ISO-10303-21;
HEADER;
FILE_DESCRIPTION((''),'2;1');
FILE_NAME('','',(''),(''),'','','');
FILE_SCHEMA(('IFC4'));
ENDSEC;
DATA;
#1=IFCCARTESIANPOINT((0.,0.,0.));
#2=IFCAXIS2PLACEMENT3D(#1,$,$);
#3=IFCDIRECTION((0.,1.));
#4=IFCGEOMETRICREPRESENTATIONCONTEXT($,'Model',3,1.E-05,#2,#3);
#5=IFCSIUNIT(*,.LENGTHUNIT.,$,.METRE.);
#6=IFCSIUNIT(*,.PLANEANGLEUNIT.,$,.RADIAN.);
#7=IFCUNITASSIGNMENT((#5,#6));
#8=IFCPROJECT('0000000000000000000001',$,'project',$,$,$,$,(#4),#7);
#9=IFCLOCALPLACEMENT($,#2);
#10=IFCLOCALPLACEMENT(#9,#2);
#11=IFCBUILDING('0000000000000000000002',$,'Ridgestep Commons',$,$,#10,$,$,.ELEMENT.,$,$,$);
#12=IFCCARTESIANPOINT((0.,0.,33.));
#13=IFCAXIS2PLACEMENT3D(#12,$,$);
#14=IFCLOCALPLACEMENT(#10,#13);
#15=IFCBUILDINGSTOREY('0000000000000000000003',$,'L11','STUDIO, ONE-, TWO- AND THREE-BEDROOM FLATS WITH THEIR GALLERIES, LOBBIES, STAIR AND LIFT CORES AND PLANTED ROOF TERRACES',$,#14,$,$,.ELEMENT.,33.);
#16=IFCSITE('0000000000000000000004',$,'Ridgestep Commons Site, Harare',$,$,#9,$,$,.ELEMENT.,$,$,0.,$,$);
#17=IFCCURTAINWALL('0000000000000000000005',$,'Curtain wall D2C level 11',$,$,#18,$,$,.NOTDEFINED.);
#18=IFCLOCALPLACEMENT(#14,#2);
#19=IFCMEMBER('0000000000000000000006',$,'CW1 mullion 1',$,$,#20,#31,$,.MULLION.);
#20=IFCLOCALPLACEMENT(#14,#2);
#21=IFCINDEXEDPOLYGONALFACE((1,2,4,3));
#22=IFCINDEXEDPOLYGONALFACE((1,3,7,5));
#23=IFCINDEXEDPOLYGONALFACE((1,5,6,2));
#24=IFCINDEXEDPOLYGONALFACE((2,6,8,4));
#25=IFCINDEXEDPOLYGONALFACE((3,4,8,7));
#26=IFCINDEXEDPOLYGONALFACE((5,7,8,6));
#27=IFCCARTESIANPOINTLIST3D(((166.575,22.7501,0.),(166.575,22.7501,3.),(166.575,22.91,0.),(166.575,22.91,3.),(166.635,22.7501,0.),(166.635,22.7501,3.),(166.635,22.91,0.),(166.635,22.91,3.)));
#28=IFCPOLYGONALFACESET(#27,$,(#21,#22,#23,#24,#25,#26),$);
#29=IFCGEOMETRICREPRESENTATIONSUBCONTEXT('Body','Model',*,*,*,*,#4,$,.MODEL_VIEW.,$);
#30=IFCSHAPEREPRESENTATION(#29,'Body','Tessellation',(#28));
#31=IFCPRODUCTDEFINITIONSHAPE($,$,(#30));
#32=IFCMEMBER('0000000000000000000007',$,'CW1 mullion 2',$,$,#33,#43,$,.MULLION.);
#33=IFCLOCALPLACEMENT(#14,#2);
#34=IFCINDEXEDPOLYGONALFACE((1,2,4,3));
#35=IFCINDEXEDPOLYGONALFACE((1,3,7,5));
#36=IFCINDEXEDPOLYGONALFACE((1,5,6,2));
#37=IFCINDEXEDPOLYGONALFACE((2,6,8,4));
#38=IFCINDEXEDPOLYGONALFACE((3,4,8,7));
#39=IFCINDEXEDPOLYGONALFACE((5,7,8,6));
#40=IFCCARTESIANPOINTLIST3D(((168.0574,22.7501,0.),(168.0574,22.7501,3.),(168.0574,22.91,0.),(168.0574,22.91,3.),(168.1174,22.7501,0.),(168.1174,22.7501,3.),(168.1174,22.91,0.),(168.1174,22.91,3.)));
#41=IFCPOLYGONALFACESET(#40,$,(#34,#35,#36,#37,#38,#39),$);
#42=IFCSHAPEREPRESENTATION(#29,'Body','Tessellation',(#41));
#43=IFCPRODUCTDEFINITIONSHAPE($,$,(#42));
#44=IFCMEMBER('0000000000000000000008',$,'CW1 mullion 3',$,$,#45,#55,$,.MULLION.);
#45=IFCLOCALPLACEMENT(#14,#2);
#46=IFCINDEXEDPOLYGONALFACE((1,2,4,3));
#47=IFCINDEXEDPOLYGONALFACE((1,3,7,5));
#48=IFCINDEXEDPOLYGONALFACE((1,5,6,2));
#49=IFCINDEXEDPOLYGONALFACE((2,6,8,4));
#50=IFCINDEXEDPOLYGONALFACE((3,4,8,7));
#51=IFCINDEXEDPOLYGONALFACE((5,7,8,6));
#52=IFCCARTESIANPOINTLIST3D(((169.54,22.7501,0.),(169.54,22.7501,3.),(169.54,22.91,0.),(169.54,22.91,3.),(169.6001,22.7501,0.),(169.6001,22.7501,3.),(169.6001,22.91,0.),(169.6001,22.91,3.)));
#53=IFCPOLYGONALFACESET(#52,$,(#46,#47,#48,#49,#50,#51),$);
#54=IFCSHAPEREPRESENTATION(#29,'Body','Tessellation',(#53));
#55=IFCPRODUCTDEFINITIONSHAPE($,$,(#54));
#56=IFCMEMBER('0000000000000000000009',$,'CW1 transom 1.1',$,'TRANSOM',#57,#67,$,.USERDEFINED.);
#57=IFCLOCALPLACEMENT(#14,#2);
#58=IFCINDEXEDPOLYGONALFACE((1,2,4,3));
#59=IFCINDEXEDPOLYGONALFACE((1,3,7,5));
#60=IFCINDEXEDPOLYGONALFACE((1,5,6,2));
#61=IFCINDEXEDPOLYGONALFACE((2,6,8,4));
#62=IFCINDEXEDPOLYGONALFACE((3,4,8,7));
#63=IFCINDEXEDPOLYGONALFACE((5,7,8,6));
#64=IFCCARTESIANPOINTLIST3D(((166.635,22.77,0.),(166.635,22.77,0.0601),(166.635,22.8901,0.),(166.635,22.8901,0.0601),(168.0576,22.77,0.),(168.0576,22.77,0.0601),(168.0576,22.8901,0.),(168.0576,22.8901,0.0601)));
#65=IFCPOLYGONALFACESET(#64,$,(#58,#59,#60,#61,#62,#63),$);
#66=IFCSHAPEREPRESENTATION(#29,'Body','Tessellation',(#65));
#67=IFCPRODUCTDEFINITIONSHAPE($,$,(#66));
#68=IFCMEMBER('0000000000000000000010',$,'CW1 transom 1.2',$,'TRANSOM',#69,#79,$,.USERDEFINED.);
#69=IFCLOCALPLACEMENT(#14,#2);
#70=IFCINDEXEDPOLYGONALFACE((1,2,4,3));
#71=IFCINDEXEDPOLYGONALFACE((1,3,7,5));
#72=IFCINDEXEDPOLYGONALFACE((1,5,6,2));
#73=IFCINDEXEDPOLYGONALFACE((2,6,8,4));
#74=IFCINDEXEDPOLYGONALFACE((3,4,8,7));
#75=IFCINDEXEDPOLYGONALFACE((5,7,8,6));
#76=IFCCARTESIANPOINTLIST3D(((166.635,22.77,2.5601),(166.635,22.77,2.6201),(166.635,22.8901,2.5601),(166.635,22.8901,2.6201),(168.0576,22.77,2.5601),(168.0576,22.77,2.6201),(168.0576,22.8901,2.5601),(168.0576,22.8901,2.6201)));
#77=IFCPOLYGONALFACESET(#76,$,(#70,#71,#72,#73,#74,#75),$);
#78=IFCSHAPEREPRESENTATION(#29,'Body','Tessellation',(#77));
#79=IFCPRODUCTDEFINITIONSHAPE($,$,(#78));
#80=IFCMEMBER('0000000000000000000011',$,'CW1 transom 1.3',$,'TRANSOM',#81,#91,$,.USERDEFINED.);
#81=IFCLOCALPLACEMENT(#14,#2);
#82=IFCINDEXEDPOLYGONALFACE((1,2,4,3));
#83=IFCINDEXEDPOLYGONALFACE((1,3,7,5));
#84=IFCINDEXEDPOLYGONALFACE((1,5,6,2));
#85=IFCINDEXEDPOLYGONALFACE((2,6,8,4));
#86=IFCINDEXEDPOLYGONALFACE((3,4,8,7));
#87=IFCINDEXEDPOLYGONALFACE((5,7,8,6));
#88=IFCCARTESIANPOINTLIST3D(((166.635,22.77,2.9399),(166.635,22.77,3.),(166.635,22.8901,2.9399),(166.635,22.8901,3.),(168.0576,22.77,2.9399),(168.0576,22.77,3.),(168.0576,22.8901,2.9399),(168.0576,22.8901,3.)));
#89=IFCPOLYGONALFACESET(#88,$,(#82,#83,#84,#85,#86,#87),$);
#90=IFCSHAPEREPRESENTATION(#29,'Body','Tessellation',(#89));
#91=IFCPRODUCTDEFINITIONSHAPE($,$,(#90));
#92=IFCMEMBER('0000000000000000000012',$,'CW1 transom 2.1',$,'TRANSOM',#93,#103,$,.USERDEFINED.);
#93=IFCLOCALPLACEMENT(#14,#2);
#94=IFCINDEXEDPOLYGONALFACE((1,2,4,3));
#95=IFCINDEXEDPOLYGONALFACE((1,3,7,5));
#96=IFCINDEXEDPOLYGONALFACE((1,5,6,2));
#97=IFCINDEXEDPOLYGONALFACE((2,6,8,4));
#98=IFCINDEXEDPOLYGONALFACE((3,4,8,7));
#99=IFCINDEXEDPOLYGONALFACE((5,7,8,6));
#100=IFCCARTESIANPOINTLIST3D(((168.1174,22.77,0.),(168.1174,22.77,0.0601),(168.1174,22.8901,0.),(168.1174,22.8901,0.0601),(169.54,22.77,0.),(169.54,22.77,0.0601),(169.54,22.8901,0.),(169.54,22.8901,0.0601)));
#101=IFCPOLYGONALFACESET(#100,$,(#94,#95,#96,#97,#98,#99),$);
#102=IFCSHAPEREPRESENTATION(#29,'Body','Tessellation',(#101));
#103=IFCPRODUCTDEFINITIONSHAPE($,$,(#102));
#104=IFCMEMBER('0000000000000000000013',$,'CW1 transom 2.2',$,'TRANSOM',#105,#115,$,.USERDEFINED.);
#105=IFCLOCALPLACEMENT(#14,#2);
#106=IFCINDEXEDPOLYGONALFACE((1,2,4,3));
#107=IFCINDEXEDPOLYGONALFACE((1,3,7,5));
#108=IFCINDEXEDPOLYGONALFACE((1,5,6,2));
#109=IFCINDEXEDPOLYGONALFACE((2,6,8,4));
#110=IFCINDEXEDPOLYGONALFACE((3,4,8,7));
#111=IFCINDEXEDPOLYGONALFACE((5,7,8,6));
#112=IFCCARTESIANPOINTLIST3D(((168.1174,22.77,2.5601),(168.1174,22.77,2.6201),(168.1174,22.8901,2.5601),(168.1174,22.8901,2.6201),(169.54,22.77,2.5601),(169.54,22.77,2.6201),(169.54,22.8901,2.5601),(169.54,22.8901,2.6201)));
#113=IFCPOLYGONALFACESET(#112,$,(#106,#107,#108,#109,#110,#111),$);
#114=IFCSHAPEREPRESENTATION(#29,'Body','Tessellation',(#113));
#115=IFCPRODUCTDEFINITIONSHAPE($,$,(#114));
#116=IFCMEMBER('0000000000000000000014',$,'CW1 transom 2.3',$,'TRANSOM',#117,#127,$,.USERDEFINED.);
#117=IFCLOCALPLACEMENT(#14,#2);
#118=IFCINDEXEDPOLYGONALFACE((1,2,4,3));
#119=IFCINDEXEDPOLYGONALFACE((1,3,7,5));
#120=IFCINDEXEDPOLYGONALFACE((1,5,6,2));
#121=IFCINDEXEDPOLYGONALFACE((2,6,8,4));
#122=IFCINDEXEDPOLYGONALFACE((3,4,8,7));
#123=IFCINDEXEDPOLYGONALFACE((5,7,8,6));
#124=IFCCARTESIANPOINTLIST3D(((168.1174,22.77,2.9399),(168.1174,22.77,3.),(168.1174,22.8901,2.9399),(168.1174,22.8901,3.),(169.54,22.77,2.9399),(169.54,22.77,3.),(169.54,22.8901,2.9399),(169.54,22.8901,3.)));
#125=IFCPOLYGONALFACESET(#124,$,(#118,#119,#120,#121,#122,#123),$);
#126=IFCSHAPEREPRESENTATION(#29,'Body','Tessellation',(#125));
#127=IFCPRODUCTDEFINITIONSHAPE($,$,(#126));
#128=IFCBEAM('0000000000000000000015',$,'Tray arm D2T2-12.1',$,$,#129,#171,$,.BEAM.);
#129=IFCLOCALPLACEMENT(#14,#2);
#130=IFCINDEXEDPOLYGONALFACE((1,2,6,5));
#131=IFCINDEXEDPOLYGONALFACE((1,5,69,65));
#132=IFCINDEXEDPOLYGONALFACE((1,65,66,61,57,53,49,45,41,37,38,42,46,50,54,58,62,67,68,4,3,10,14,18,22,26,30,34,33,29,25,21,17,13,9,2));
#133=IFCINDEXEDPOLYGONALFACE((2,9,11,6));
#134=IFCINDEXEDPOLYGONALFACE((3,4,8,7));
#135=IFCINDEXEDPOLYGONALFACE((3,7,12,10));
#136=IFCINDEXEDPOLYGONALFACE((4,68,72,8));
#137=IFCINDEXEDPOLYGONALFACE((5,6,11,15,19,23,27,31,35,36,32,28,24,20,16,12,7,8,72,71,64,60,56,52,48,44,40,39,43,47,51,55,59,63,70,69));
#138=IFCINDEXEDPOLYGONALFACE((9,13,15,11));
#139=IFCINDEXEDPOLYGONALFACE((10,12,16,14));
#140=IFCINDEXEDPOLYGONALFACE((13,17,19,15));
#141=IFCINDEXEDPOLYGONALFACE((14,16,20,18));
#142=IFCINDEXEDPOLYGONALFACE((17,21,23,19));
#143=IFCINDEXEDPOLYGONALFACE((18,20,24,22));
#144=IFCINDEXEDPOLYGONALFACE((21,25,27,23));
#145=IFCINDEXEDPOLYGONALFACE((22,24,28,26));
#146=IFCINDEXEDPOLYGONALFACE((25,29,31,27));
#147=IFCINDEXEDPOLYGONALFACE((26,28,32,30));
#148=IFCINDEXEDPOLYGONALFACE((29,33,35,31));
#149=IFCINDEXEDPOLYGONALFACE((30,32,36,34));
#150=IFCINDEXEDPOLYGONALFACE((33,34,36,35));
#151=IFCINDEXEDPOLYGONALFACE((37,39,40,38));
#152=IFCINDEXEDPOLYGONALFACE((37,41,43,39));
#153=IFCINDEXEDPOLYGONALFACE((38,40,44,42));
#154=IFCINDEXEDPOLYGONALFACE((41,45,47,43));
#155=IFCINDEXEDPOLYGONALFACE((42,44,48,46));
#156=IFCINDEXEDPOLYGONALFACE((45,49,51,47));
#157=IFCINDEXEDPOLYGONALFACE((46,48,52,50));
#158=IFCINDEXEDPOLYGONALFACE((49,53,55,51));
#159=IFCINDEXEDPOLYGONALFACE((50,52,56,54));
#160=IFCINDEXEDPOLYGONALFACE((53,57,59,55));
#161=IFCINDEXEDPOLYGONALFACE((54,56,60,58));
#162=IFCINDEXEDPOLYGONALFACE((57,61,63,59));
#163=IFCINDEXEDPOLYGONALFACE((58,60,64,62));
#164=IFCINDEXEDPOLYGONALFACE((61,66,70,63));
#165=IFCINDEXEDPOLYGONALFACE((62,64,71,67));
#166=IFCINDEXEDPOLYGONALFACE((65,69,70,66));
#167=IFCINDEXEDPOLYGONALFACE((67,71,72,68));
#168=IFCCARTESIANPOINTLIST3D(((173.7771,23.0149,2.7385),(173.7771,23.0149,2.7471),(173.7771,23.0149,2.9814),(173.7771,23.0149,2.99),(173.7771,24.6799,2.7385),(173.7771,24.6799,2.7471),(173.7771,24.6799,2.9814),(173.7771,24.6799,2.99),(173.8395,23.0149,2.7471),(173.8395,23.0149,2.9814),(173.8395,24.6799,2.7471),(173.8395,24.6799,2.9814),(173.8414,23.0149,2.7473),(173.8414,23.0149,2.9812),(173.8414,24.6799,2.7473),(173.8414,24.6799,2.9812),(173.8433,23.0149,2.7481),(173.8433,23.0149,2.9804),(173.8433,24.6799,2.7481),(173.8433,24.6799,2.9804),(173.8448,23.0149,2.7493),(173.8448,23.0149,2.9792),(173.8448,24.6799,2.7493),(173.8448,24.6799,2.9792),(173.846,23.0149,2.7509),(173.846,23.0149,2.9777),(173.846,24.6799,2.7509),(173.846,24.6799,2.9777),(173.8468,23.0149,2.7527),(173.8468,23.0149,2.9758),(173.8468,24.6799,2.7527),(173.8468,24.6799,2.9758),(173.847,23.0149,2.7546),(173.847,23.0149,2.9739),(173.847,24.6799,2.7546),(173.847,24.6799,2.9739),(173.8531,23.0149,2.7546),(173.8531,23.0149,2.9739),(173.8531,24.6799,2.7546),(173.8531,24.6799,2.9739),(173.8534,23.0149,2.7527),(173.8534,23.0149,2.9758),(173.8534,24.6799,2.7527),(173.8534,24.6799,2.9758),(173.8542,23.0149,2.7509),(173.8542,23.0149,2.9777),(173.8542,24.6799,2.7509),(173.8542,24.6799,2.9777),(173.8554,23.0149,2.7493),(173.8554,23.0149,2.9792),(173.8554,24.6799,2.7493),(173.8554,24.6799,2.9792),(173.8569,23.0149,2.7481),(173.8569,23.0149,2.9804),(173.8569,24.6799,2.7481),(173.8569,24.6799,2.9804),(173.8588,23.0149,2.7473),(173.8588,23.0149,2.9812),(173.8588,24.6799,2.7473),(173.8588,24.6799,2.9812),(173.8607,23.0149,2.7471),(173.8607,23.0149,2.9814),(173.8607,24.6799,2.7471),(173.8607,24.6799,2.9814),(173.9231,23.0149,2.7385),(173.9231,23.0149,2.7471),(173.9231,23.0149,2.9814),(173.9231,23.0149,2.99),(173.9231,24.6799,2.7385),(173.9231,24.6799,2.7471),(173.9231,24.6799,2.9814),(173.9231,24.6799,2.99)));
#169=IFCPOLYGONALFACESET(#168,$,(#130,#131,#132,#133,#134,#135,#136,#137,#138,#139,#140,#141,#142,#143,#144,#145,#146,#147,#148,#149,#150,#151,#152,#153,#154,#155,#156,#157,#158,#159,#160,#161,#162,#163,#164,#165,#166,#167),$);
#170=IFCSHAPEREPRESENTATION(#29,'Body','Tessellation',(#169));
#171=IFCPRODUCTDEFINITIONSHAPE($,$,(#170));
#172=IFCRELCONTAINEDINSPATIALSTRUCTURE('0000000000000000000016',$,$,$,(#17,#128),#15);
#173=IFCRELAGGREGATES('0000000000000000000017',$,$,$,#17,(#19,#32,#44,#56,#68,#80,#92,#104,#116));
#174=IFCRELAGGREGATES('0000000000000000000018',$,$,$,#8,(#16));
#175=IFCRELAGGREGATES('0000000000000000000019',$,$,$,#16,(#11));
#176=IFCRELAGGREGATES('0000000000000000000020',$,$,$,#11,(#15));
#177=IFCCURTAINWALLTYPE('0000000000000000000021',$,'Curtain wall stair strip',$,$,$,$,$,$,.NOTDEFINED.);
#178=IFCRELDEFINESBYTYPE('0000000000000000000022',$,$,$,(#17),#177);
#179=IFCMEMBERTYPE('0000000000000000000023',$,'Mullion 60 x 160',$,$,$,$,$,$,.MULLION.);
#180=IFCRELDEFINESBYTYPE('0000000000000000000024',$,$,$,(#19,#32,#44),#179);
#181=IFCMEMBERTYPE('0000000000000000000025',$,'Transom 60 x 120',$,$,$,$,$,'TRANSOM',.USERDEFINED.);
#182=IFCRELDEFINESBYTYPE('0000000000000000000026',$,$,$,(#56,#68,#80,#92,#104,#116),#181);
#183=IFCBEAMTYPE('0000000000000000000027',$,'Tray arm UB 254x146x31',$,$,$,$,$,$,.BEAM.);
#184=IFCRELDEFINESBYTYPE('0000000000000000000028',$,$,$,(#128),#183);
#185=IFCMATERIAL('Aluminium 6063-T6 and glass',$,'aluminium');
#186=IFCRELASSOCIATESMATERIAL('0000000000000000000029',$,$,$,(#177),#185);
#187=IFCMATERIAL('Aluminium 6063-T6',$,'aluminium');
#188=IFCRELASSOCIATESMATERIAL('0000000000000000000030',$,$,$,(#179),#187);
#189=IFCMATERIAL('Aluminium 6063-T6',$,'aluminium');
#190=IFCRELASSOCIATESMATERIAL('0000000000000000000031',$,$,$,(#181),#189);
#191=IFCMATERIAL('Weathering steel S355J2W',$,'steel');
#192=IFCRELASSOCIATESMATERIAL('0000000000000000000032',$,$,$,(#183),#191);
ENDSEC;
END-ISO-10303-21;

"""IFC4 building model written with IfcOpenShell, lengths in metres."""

from ifc_helpers import new_model, si_unit, direction, frame, origin, origin_2d, place, context, subcontext, project, spatial, rectangle, i_section, extrude, material, material_profile, profile_set, type_object, element, aggregate, save


model = new_model("IFC4")

# Units and contexts
model_context = context("Model", 3, precision=1e-05, world=origin(), true_north=direction((0.0, 1.0)))
body_context = subcontext(model_context, "Body", "Model", "MODEL_VIEW")
ifc_project = project(units=[si_unit("LENGTHUNIT", "METRE"), si_unit("PLANEANGLEUNIT", "RADIAN")], contexts=[model_context])

# Site, building, storey
site_placement = place(None, origin())
site = spatial("IfcSite", under=ifc_project, at=site_placement, Name="Ridgestep Commons Site, Harare", CompositionType="ELEMENT", RefElevation=0.0)
building_placement = place(site_placement, origin())
building = spatial("IfcBuilding", under=site, at=building_placement, Name="Ridgestep Commons", CompositionType="ELEMENT")
storey_placement = place(building_placement, frame((0.0, 0.0, 33.0)))
storey = spatial("IfcBuildingStorey", under=building, at=storey_placement, Name="L11", Description="STUDIO, ONE-, TWO- AND THREE-BEDROOM FLATS WITH THEIR GALLERIES, LOBBIES, STAIR AND LIFT CORES AND PLANTED ROOF TERRACES", CompositionType="ELEMENT", Elevation=33.0)

# Curtain wall, members
ifc_material_1 = material(Name="Aluminium 6063-T6 and glass", Category="aluminium")
curtain_wall_type = type_object("IfcCurtainWallType", Name="Curtain wall stair strip", PredefinedType="NOTDEFINED", material=ifc_material_1)
curtain_wall_placement = place(storey_placement, origin())
curtain_wall = element("IfcCurtainWall", 1, at=curtain_wall_placement, inside=storey, type_object=curtain_wall_type, Name="Curtain wall D2C level 11", PredefinedType="NOTDEFINED")
ifc_material_2 = material(Name="Aluminium 6063-T6", Category="aluminium")
ifc_material_profile_1 = material_profile(ifc_material_2, rectangle(XDim=0.1599, YDim=0.0601, at=origin_2d()), Name="Mullion 60 x 160")
ifc_profile_set_1 = profile_set([ifc_material_profile_1], Name="Aluminium 6063-T6")
member_type_1 = type_object("IfcMemberType", Name="Mullion 60 x 160", PredefinedType="MULLION", material=ifc_profile_set_1)
member_1_placement = place(storey_placement, frame((166.605, 22.8301, 0.0), z_axis=(0.0, 0.0, 1.0), x_axis=(0.0, 1.0, 0.0)))
member_1 = element("IfcMember", 2, at=member_1_placement, type_object=member_type_1, Name="CW1 mullion 1", PredefinedType="MULLION", context=body_context, shape_type="SweptSolid", body=[
    extrude(rectangle(XDim=0.1599, YDim=0.0601, at=origin_2d()), origin(), (0.0, 0.0, 1.0), 3.0),
])
member_2_placement = place(storey_placement, frame((168.0874, 22.8301, 0.0), z_axis=(0.0, 0.0, 1.0), x_axis=(0.0, 1.0, 0.0)))
member_2 = element("IfcMember", 3, at=member_2_placement, type_object=member_type_1, Name="CW1 mullion 2", PredefinedType="MULLION", context=body_context, shape_type="SweptSolid", body=[
    extrude(rectangle(XDim=0.1599, YDim=0.0601, at=origin_2d()), origin(), (0.0, 0.0, 1.0), 3.0),
])
member_3_placement = place(storey_placement, frame((169.5701, 22.8301, 0.0), z_axis=(0.0, 0.0, 1.0), x_axis=(0.0, 1.0, 0.0)))
member_3 = element("IfcMember", 4, at=member_3_placement, type_object=member_type_1, Name="CW1 mullion 3", PredefinedType="MULLION", context=body_context, shape_type="SweptSolid", body=[
    extrude(rectangle(XDim=0.1599, YDim=0.0601, at=origin_2d()), origin(), (0.0, 0.0, 1.0), 3.0),
])
ifc_material_3 = material(Name="Aluminium 6063-T6", Category="aluminium")
ifc_material_profile_2 = material_profile(ifc_material_3, rectangle(XDim=0.1201, YDim=0.0601, at=origin_2d()), Name="Transom 60 x 120")
ifc_profile_set_2 = profile_set([ifc_material_profile_2], Name="Aluminium 6063-T6")
member_type_2 = type_object("IfcMemberType", Name="Transom 60 x 120", ElementType="TRANSOM", PredefinedType="USERDEFINED", material=ifc_profile_set_2)
member_4_placement = place(storey_placement, frame((166.635, 22.8301, 0.03), z_axis=(1.0, 0.0, 0.0), x_axis=(0.0, 1.0, 0.0)))
member_4 = element("IfcMember", 5, at=member_4_placement, type_object=member_type_2, Name="CW1 transom 1.1", ObjectType="TRANSOM", PredefinedType="USERDEFINED", context=body_context, shape_type="SweptSolid", body=[
    extrude(rectangle(XDim=0.1201, YDim=0.0601, at=origin_2d()), origin(), (0.0, 0.0, 1.0), 1.4226),
])
member_5_placement = place(storey_placement, frame((166.635, 22.8301, 2.5901), z_axis=(1.0, 0.0, 0.0), x_axis=(0.0, 1.0, 0.0)))
member_5 = element("IfcMember", 6, at=member_5_placement, type_object=member_type_2, Name="CW1 transom 1.2", ObjectType="TRANSOM", PredefinedType="USERDEFINED", context=body_context, shape_type="SweptSolid", body=[
    extrude(rectangle(XDim=0.1201, YDim=0.0601, at=origin_2d()), origin(), (0.0, 0.0, 1.0), 1.4226),
])
member_6_placement = place(storey_placement, frame((166.635, 22.8301, 2.97), z_axis=(1.0, 0.0, 0.0), x_axis=(0.0, 1.0, 0.0)))
member_6 = element("IfcMember", 7, at=member_6_placement, type_object=member_type_2, Name="CW1 transom 1.3", ObjectType="TRANSOM", PredefinedType="USERDEFINED", context=body_context, shape_type="SweptSolid", body=[
    extrude(rectangle(XDim=0.1201, YDim=0.0601, at=origin_2d()), origin(), (0.0, 0.0, 1.0), 1.4226),
])
member_7_placement = place(storey_placement, frame((168.1174, 22.8301, 0.03), z_axis=(1.0, 0.0, 0.0), x_axis=(0.0, 1.0, 0.0)))
member_7 = element("IfcMember", 8, at=member_7_placement, type_object=member_type_2, Name="CW1 transom 2.1", ObjectType="TRANSOM", PredefinedType="USERDEFINED", context=body_context, shape_type="SweptSolid", body=[
    extrude(rectangle(XDim=0.1201, YDim=0.0601, at=origin_2d()), origin(), (0.0, 0.0, 1.0), 1.4226),
])
member_8_placement = place(storey_placement, frame((168.1174, 22.8301, 2.5901), z_axis=(1.0, 0.0, 0.0), x_axis=(0.0, 1.0, 0.0)))
member_8 = element("IfcMember", 9, at=member_8_placement, type_object=member_type_2, Name="CW1 transom 2.2", ObjectType="TRANSOM", PredefinedType="USERDEFINED", context=body_context, shape_type="SweptSolid", body=[
    extrude(rectangle(XDim=0.1201, YDim=0.0601, at=origin_2d()), origin(), (0.0, 0.0, 1.0), 1.4226),
])
member_9_placement = place(storey_placement, frame((168.1174, 22.8301, 2.97), z_axis=(1.0, 0.0, 0.0), x_axis=(0.0, 1.0, 0.0)))
member_9 = element("IfcMember", 10, at=member_9_placement, type_object=member_type_2, Name="CW1 transom 2.3", ObjectType="TRANSOM", PredefinedType="USERDEFINED", context=body_context, shape_type="SweptSolid", body=[
    extrude(rectangle(XDim=0.1201, YDim=0.0601, at=origin_2d()), origin(), (0.0, 0.0, 1.0), 1.4226),
])

# Beam
ifc_material_4 = material(Name="Weathering steel S355J2W", Category="steel")
ifc_material_profile_3 = material_profile(ifc_material_4, i_section(OverallWidth=0.146, OverallDepth=0.2515, WebThickness=0.0061, FlangeThickness=0.0085, FilletRadius=0.0076, at=origin_2d()), Name="UB 254x146x31")
ifc_profile_set_3 = profile_set([ifc_material_profile_3], Name="Weathering steel S355J2W")
beam_type_1 = type_object("IfcBeamType", Name="Tray arm UB 254x146x31", PredefinedType="BEAM", material=ifc_profile_set_3)
beam_1_placement = place(storey_placement, frame((173.8501, 23.0149, 2.8643), z_axis=(0.0, 1.0, 0.0), x_axis=(-1.0, 0.0, 0.0)))
element("IfcBeam", 11, at=beam_1_placement, inside=storey, type_object=beam_type_1, Name="Tray arm D2T2-12.1", PredefinedType="BEAM", context=body_context, shape_type="SweptSolid", body=[
    extrude(i_section(OverallWidth=0.146, OverallDepth=0.2515, WebThickness=0.0061, FlangeThickness=0.0085, FilletRadius=0.0076, at=origin_2d()), origin(), (0.0, 0.0, 1.0), 1.665),
])

aggregate(curtain_wall, [member_1, member_2, member_3, member_4, member_5, member_6, member_7, member_8, member_9])

save(model, "model.ifc")
